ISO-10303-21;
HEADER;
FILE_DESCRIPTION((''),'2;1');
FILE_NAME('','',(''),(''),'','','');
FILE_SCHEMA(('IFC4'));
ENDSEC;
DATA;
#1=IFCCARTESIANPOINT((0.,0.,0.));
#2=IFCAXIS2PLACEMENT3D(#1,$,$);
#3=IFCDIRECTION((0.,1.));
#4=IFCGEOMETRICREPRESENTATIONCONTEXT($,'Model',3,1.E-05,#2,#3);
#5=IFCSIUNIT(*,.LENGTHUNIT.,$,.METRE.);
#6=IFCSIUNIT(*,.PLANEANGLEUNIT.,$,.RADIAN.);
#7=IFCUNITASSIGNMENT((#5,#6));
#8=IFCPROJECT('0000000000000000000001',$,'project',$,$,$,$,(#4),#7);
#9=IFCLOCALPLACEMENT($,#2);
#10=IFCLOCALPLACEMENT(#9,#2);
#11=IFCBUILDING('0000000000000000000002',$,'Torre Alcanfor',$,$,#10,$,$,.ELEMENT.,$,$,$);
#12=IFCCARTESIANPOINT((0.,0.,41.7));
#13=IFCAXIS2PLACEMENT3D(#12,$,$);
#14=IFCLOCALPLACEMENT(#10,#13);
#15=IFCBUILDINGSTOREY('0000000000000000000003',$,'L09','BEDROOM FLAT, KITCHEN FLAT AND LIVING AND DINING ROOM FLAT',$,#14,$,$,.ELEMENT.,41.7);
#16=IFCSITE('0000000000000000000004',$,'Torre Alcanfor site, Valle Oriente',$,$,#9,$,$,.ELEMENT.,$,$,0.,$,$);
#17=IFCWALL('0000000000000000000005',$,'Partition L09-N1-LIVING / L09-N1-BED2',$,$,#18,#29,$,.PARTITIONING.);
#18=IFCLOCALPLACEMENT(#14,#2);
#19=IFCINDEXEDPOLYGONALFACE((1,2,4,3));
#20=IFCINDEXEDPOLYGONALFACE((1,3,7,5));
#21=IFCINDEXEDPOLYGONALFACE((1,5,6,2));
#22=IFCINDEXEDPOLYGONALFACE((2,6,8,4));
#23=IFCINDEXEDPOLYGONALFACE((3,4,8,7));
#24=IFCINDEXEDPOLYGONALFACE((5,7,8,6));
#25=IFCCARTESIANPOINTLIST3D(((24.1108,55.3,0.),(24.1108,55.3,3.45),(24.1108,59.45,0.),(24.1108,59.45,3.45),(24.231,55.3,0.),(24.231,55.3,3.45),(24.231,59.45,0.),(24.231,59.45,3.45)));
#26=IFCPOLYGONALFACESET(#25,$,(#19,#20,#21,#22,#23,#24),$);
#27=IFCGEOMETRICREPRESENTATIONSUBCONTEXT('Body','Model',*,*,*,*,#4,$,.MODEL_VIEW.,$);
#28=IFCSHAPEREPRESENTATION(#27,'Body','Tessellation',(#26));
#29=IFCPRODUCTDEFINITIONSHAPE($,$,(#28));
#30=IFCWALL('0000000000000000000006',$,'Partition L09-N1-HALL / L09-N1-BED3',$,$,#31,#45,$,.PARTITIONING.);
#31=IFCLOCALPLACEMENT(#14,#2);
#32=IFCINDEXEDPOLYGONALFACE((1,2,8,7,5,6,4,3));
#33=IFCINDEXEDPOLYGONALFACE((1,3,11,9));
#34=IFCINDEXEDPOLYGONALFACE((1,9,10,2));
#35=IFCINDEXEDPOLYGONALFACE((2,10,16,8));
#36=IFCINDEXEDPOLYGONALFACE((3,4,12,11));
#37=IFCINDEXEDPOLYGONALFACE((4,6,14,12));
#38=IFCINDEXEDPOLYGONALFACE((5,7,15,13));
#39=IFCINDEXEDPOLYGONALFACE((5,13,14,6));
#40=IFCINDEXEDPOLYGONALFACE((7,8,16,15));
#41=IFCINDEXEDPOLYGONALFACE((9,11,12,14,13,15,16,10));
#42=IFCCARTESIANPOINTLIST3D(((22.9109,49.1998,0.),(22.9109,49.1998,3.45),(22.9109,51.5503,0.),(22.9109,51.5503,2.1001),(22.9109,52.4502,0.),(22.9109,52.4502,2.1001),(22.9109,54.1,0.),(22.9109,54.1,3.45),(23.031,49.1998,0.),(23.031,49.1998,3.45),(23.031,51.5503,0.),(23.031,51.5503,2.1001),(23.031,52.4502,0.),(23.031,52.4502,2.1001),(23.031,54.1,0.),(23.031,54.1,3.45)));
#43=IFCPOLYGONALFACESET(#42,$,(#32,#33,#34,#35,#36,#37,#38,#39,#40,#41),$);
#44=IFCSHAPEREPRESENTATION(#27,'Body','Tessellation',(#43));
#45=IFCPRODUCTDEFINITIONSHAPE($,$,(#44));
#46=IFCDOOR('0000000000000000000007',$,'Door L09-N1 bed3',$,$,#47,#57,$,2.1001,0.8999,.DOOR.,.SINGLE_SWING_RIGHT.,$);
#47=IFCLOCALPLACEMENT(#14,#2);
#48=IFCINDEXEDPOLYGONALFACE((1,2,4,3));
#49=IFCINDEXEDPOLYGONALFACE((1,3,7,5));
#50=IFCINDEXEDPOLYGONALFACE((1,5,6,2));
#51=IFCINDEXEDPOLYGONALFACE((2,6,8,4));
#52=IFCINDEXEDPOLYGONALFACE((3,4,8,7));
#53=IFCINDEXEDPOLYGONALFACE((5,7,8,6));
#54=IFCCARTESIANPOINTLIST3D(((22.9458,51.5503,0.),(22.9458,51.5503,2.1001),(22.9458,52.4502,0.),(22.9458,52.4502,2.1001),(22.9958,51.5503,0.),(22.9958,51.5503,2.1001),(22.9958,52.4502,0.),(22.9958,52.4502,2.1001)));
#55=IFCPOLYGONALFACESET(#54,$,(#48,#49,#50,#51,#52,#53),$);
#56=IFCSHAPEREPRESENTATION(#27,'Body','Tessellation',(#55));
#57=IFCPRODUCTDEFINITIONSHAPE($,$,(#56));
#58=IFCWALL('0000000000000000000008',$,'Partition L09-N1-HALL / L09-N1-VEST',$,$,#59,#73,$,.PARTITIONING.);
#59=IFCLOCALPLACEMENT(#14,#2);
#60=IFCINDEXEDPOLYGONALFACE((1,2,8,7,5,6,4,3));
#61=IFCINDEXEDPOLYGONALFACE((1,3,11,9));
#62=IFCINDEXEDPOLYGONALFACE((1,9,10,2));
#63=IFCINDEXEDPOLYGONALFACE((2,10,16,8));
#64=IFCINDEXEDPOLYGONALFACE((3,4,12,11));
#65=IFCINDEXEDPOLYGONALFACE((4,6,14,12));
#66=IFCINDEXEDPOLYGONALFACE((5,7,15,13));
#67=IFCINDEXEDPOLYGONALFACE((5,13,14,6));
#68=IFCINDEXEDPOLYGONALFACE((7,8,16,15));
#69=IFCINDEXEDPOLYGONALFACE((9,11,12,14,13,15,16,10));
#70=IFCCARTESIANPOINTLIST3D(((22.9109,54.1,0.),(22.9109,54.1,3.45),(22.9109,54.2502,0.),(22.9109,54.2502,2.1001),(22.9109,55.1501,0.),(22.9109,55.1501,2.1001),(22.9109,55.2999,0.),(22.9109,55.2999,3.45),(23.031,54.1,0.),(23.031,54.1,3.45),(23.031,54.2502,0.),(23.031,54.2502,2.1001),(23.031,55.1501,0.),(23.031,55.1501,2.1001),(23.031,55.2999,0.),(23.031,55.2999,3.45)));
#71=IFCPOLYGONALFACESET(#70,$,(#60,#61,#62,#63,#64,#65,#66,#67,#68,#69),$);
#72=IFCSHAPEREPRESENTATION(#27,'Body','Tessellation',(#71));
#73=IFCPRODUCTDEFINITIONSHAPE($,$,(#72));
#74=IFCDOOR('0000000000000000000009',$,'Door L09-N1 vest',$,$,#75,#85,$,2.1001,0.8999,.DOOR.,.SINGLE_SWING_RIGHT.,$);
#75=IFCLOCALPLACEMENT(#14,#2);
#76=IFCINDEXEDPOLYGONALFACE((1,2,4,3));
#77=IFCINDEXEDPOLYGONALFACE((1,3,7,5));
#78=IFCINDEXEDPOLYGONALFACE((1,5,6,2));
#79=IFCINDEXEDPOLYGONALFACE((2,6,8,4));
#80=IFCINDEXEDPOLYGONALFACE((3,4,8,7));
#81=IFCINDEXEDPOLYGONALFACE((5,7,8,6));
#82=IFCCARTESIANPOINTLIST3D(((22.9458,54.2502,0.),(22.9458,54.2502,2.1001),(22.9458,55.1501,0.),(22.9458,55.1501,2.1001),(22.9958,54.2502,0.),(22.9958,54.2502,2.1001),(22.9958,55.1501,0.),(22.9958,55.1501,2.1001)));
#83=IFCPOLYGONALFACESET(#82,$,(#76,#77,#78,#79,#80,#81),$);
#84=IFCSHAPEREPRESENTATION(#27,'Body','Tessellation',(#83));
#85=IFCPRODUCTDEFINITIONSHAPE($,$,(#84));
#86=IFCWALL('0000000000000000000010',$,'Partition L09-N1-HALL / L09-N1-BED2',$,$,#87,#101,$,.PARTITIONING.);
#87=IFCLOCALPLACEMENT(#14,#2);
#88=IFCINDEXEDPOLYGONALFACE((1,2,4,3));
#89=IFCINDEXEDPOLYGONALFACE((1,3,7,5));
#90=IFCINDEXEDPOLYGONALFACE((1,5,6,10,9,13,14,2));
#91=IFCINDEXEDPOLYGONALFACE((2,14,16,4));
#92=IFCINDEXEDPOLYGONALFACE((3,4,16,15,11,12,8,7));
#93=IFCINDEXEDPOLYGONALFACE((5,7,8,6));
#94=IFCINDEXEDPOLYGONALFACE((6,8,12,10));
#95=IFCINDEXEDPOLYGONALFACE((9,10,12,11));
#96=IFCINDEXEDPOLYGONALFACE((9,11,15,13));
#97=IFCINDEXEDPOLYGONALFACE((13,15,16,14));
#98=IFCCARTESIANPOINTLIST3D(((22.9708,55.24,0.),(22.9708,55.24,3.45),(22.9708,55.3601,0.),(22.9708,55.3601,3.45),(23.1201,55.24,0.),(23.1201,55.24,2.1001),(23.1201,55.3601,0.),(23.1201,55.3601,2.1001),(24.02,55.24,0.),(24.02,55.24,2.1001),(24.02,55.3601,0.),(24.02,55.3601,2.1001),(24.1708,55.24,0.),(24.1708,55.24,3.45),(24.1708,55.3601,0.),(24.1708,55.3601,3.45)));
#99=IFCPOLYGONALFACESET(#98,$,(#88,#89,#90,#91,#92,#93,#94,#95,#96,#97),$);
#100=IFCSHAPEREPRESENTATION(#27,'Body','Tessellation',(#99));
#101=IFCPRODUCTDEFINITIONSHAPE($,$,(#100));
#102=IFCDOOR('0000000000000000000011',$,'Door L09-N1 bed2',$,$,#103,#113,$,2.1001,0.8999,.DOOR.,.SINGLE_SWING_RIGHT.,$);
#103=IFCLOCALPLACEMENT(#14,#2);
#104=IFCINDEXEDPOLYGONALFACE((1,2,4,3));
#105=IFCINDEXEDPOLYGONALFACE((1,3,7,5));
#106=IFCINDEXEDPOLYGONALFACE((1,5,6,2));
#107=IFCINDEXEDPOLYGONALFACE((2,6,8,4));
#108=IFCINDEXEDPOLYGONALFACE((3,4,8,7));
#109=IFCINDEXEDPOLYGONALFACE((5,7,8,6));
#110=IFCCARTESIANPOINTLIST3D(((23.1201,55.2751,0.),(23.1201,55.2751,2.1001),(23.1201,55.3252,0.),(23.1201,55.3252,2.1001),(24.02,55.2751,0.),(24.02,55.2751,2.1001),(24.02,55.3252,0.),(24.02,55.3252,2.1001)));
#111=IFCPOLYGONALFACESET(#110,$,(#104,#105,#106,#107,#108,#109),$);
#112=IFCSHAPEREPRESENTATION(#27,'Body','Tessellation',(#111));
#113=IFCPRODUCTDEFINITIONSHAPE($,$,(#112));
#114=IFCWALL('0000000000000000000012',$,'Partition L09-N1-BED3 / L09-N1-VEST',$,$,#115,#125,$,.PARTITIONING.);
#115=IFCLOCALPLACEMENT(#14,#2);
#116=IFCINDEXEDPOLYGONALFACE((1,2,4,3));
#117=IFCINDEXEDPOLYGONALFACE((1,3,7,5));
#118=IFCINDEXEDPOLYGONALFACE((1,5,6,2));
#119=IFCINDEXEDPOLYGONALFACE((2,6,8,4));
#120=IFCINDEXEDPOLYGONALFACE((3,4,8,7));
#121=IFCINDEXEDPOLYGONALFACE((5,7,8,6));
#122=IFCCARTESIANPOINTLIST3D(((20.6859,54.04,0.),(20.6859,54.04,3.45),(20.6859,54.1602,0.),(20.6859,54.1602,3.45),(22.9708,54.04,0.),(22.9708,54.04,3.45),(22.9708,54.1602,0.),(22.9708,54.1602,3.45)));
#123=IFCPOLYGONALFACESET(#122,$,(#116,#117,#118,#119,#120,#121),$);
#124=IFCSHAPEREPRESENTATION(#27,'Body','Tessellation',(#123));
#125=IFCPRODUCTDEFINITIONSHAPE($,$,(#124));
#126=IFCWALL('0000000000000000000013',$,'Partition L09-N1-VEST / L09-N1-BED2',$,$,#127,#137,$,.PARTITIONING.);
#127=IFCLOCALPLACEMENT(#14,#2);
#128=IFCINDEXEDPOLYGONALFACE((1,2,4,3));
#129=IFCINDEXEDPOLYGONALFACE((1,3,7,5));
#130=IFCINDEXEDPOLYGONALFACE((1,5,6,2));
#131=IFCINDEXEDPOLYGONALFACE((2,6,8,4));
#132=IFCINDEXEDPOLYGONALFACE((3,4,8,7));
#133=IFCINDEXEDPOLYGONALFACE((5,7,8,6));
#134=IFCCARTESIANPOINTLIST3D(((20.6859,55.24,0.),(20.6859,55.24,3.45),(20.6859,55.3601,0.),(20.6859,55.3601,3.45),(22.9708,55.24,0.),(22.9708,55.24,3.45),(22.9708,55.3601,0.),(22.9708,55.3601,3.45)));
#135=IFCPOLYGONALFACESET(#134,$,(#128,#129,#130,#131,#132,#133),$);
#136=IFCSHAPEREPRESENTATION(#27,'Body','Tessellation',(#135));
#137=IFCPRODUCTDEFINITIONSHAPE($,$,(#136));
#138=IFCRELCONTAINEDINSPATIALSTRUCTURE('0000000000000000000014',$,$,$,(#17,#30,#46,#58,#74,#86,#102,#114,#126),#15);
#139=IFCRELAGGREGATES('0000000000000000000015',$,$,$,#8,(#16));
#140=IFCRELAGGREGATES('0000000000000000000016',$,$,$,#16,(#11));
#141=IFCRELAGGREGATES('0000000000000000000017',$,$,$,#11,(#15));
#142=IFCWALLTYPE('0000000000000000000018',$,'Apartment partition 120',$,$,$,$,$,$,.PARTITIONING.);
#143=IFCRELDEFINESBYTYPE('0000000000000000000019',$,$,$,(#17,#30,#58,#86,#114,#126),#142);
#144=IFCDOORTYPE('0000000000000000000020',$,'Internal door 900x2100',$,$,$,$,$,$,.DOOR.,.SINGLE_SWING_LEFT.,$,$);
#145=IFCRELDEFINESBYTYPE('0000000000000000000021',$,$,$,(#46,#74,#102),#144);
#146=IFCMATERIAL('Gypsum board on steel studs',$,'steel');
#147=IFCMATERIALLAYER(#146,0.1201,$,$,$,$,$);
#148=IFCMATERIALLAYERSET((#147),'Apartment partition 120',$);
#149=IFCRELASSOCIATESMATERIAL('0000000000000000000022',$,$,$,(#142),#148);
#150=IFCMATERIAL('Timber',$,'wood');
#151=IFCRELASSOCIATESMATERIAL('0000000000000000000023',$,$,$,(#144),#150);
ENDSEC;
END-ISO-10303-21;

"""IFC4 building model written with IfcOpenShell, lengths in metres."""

from ifc_helpers import new_model, si_unit, direction, frame, frame_2d, origin, place, context, subcontext, project, spatial, rectangle, extrude, material, layer, layer_set, type_object, element, fill, save


model = new_model("IFC4")

# Units and contexts
model_context = context("Model", 3, precision=1e-05, world=origin(), true_north=direction((0.0, 1.0)))
body_context = subcontext(model_context, "Body", "Model", "MODEL_VIEW")
ifc_project = project(units=[si_unit("LENGTHUNIT", "METRE"), si_unit("PLANEANGLEUNIT", "RADIAN")], contexts=[model_context])

# Site, building, storey
site_placement = place(None, origin())
site = spatial("IfcSite", under=ifc_project, at=site_placement, Name="Torre Alcanfor site, Valle Oriente", CompositionType="ELEMENT", RefElevation=0.0)
building_placement = place(site_placement, origin())
building = spatial("IfcBuilding", under=site, at=building_placement, Name="Torre Alcanfor", CompositionType="ELEMENT")
storey_placement = place(building_placement, frame((0.0, 0.0, 41.7)))
storey = spatial("IfcBuildingStorey", under=building, at=storey_placement, Name="L09", Description="BEDROOM FLAT, KITCHEN FLAT AND LIVING AND DINING ROOM FLAT", CompositionType="ELEMENT", Elevation=41.7)

# Shared definitions
ifc_material_1 = material(Name="Gypsum board on steel studs", Category="steel")
ifc_layer_1 = layer(ifc_material_1, 0.1201)
ifc_layer_set_1 = layer_set([ifc_layer_1], Name="Apartment partition 120")
wall_type = type_object("IfcWallType", Name="Apartment partition 120", PredefinedType="PARTITIONING", material=ifc_layer_set_1)
ifc_material_2 = material(Name="Timber", Category="wood")
door_type = type_object("IfcDoorType", Name="Internal door 900x2100", OperationType="SINGLE_SWING_LEFT", PredefinedType="DOOR", material=ifc_material_2)

# Wall
wall_1_placement = place(storey_placement, frame((24.1709, 59.45, 0.0), z_axis=(0.0, 0.0, 1.0), x_axis=(0.0, -1.0, 0.0)))
element("IfcWall", 1, at=wall_1_placement, inside=storey, type_object=wall_type, Name="Partition L09-N1-LIVING / L09-N1-BED2", PredefinedType="PARTITIONING", context=body_context, shape_type="SweptSolid", body=[
    extrude(rectangle(XDim=4.1499, YDim=0.1201, at=frame_2d((2.075, 0.0))), origin(), (0.0, 0.0, 1.0), 3.45),
])

# Walls, openings, doors
wall_2_placement = place(storey_placement, frame((22.9709, 54.1001, 0.0), z_axis=(0.0, 0.0, 1.0), x_axis=(0.0, -1.0, 0.0)))
wall_2 = element("IfcWall", 2, at=wall_2_placement, inside=storey, type_object=wall_type, Name="Partition L09-N1-HALL / L09-N1-BED3", PredefinedType="PARTITIONING", context=body_context, shape_type="SweptSolid", body=[
    extrude(rectangle(XDim=4.9001, YDim=0.1201, at=frame_2d((2.4502, 0.0))), origin(), (0.0, 0.0, 1.0), 3.45),
])
opening_1_placement = place(wall_2_placement, frame((1.6499, 0.0, 0.0)))
opening_1 = element("IfcOpeningElement", 3, at=opening_1_placement, cuts=wall_2, PredefinedType="OPENING", context=body_context, shape_type="SweptSolid", body=[
    extrude(rectangle(XDim=0.8999, YDim=2.1001, at=frame_2d((0.45, 1.05))), frame((0.0, 0.0701, 0.0), z_axis=(0.0, -1.0, 0.0), x_axis=(1.0, 0.0, 0.0)), (0.0, 0.0, 1.0), 0.1401),
])
door_1_placement = place(opening_1_placement, frame((0.8999, 0.0, 0.0), z_axis=(0.0, 0.0, 1.0), x_axis=(-1.0, 0.0, 0.0)))
door_1 = element("IfcDoor", 4, at=door_1_placement, inside=storey, type_object=door_type, Name="Door L09-N1 bed3", OperationType="SINGLE_SWING_RIGHT", OverallHeight=2.1001, OverallWidth=0.8999, PredefinedType="DOOR", context=body_context, shape_type="SweptSolid", body=[
    extrude(rectangle(XDim=0.8999, YDim=2.1001, at=frame_2d((0.45, 1.05))), frame((0.0, 0.0251, 0.0), z_axis=(0.0, -1.0, 0.0), x_axis=(1.0, 0.0, 0.0)), (0.0, 0.0, 1.0), 0.05),
])
fill(opening_1, door_1)
wall_3_placement = place(storey_placement, frame((22.9709, 55.3, 0.0), z_axis=(0.0, 0.0, 1.0), x_axis=(0.0, -1.0, 0.0)))
wall_3 = element("IfcWall", 5, at=wall_3_placement, inside=storey, type_object=wall_type, Name="Partition L09-N1-HALL / L09-N1-VEST", PredefinedType="PARTITIONING", context=body_context, shape_type="SweptSolid", body=[
    extrude(rectangle(XDim=1.2, YDim=0.1201, at=frame_2d((0.6001, 0.0))), origin(), (0.0, 0.0, 1.0), 3.45),
])
opening_2_placement = place(wall_3_placement, frame((0.1499, 0.0, 0.0)))
opening_2 = element("IfcOpeningElement", 6, at=opening_2_placement, cuts=wall_3, PredefinedType="OPENING", context=body_context, shape_type="SweptSolid", body=[
    extrude(rectangle(XDim=0.8999, YDim=2.1001, at=frame_2d((0.45, 1.05))), frame((0.0, 0.0701, 0.0), z_axis=(0.0, -1.0, 0.0), x_axis=(1.0, 0.0, 0.0)), (0.0, 0.0, 1.0), 0.1401),
])
door_2_placement = place(opening_2_placement, frame((0.8999, 0.0, 0.0), z_axis=(0.0, 0.0, 1.0), x_axis=(-1.0, 0.0, 0.0)))
door_2 = element("IfcDoor", 7, at=door_2_placement, inside=storey, type_object=door_type, Name="Door L09-N1 vest", OperationType="SINGLE_SWING_RIGHT", OverallHeight=2.1001, OverallWidth=0.8999, PredefinedType="DOOR", context=body_context, shape_type="SweptSolid", body=[
    extrude(rectangle(XDim=0.8999, YDim=2.1001, at=frame_2d((0.45, 1.05))), frame((0.0, 0.0251, 0.0), z_axis=(0.0, -1.0, 0.0), x_axis=(1.0, 0.0, 0.0)), (0.0, 0.0, 1.0), 0.05),
])
fill(opening_2, door_2)
wall_4_placement = place(storey_placement, frame((24.1709, 55.3, 0.0), z_axis=(0.0, 0.0, 1.0), x_axis=(-1.0, 0.0, 0.0)))
wall_4 = element("IfcWall", 8, at=wall_4_placement, inside=storey, type_object=wall_type, Name="Partition L09-N1-HALL / L09-N1-BED2", PredefinedType="PARTITIONING", context=body_context, shape_type="SweptSolid", body=[
    extrude(rectangle(XDim=1.2, YDim=0.1201, at=frame_2d((0.6001, 0.0))), origin(), (0.0, 0.0, 1.0), 3.45),
])
opening_3_placement = place(wall_4_placement, frame((0.1509, 0.0, 0.0)))
opening_3 = element("IfcOpeningElement", 9, at=opening_3_placement, cuts=wall_4, PredefinedType="OPENING", context=body_context, shape_type="SweptSolid", body=[
    extrude(rectangle(XDim=0.8999, YDim=2.1001, at=frame_2d((0.45, 1.05))), frame((0.0, 0.0701, 0.0), z_axis=(0.0, -1.0, 0.0), x_axis=(1.0, 0.0, 0.0)), (0.0, 0.0, 1.0), 0.1401),
])
door_3_placement = place(opening_3_placement, frame((0.8999, 0.0, 0.0), z_axis=(0.0, 0.0, 1.0), x_axis=(-1.0, 0.0, 0.0)))
door_3 = element("IfcDoor", 10, at=door_3_placement, inside=storey, type_object=door_type, Name="Door L09-N1 bed2", OperationType="SINGLE_SWING_RIGHT", OverallHeight=2.1001, OverallWidth=0.8999, PredefinedType="DOOR", context=body_context, shape_type="SweptSolid", body=[
    extrude(rectangle(XDim=0.8999, YDim=2.1001, at=frame_2d((0.45, 1.05))), frame((0.0, 0.0251, 0.0), z_axis=(0.0, -1.0, 0.0), x_axis=(1.0, 0.0, 0.0)), (0.0, 0.0, 1.0), 0.05),
])
fill(opening_3, door_3)

# Walls
for number, where, z_axis, x_axis, name in (
    (11, (22.9709, 54.1001, 0.0), (0.0, 0.0, 1.0), (-1.0, 0.0, 0.0), "Partition L09-N1-BED3 / L09-N1-VEST"),
    (12, (22.9709, 55.3, 0.0), (0.0, 0.0, 1.0), (-1.0, 0.0, 0.0), "Partition L09-N1-VEST / L09-N1-BED2"),
):
    element("IfcWall", number, at=place(storey_placement, frame(where, z_axis=z_axis, x_axis=x_axis)), inside=storey, type_object=wall_type, Name=name, PredefinedType="PARTITIONING", context=body_context, shape_type="SweptSolid", body=[
        extrude(rectangle(XDim=2.2849, YDim=0.1201, at=frame_2d((1.1426, 0.0))), origin(), (0.0, 0.0, 1.0), 3.45),
    ])

save(model, "model.ifc")
